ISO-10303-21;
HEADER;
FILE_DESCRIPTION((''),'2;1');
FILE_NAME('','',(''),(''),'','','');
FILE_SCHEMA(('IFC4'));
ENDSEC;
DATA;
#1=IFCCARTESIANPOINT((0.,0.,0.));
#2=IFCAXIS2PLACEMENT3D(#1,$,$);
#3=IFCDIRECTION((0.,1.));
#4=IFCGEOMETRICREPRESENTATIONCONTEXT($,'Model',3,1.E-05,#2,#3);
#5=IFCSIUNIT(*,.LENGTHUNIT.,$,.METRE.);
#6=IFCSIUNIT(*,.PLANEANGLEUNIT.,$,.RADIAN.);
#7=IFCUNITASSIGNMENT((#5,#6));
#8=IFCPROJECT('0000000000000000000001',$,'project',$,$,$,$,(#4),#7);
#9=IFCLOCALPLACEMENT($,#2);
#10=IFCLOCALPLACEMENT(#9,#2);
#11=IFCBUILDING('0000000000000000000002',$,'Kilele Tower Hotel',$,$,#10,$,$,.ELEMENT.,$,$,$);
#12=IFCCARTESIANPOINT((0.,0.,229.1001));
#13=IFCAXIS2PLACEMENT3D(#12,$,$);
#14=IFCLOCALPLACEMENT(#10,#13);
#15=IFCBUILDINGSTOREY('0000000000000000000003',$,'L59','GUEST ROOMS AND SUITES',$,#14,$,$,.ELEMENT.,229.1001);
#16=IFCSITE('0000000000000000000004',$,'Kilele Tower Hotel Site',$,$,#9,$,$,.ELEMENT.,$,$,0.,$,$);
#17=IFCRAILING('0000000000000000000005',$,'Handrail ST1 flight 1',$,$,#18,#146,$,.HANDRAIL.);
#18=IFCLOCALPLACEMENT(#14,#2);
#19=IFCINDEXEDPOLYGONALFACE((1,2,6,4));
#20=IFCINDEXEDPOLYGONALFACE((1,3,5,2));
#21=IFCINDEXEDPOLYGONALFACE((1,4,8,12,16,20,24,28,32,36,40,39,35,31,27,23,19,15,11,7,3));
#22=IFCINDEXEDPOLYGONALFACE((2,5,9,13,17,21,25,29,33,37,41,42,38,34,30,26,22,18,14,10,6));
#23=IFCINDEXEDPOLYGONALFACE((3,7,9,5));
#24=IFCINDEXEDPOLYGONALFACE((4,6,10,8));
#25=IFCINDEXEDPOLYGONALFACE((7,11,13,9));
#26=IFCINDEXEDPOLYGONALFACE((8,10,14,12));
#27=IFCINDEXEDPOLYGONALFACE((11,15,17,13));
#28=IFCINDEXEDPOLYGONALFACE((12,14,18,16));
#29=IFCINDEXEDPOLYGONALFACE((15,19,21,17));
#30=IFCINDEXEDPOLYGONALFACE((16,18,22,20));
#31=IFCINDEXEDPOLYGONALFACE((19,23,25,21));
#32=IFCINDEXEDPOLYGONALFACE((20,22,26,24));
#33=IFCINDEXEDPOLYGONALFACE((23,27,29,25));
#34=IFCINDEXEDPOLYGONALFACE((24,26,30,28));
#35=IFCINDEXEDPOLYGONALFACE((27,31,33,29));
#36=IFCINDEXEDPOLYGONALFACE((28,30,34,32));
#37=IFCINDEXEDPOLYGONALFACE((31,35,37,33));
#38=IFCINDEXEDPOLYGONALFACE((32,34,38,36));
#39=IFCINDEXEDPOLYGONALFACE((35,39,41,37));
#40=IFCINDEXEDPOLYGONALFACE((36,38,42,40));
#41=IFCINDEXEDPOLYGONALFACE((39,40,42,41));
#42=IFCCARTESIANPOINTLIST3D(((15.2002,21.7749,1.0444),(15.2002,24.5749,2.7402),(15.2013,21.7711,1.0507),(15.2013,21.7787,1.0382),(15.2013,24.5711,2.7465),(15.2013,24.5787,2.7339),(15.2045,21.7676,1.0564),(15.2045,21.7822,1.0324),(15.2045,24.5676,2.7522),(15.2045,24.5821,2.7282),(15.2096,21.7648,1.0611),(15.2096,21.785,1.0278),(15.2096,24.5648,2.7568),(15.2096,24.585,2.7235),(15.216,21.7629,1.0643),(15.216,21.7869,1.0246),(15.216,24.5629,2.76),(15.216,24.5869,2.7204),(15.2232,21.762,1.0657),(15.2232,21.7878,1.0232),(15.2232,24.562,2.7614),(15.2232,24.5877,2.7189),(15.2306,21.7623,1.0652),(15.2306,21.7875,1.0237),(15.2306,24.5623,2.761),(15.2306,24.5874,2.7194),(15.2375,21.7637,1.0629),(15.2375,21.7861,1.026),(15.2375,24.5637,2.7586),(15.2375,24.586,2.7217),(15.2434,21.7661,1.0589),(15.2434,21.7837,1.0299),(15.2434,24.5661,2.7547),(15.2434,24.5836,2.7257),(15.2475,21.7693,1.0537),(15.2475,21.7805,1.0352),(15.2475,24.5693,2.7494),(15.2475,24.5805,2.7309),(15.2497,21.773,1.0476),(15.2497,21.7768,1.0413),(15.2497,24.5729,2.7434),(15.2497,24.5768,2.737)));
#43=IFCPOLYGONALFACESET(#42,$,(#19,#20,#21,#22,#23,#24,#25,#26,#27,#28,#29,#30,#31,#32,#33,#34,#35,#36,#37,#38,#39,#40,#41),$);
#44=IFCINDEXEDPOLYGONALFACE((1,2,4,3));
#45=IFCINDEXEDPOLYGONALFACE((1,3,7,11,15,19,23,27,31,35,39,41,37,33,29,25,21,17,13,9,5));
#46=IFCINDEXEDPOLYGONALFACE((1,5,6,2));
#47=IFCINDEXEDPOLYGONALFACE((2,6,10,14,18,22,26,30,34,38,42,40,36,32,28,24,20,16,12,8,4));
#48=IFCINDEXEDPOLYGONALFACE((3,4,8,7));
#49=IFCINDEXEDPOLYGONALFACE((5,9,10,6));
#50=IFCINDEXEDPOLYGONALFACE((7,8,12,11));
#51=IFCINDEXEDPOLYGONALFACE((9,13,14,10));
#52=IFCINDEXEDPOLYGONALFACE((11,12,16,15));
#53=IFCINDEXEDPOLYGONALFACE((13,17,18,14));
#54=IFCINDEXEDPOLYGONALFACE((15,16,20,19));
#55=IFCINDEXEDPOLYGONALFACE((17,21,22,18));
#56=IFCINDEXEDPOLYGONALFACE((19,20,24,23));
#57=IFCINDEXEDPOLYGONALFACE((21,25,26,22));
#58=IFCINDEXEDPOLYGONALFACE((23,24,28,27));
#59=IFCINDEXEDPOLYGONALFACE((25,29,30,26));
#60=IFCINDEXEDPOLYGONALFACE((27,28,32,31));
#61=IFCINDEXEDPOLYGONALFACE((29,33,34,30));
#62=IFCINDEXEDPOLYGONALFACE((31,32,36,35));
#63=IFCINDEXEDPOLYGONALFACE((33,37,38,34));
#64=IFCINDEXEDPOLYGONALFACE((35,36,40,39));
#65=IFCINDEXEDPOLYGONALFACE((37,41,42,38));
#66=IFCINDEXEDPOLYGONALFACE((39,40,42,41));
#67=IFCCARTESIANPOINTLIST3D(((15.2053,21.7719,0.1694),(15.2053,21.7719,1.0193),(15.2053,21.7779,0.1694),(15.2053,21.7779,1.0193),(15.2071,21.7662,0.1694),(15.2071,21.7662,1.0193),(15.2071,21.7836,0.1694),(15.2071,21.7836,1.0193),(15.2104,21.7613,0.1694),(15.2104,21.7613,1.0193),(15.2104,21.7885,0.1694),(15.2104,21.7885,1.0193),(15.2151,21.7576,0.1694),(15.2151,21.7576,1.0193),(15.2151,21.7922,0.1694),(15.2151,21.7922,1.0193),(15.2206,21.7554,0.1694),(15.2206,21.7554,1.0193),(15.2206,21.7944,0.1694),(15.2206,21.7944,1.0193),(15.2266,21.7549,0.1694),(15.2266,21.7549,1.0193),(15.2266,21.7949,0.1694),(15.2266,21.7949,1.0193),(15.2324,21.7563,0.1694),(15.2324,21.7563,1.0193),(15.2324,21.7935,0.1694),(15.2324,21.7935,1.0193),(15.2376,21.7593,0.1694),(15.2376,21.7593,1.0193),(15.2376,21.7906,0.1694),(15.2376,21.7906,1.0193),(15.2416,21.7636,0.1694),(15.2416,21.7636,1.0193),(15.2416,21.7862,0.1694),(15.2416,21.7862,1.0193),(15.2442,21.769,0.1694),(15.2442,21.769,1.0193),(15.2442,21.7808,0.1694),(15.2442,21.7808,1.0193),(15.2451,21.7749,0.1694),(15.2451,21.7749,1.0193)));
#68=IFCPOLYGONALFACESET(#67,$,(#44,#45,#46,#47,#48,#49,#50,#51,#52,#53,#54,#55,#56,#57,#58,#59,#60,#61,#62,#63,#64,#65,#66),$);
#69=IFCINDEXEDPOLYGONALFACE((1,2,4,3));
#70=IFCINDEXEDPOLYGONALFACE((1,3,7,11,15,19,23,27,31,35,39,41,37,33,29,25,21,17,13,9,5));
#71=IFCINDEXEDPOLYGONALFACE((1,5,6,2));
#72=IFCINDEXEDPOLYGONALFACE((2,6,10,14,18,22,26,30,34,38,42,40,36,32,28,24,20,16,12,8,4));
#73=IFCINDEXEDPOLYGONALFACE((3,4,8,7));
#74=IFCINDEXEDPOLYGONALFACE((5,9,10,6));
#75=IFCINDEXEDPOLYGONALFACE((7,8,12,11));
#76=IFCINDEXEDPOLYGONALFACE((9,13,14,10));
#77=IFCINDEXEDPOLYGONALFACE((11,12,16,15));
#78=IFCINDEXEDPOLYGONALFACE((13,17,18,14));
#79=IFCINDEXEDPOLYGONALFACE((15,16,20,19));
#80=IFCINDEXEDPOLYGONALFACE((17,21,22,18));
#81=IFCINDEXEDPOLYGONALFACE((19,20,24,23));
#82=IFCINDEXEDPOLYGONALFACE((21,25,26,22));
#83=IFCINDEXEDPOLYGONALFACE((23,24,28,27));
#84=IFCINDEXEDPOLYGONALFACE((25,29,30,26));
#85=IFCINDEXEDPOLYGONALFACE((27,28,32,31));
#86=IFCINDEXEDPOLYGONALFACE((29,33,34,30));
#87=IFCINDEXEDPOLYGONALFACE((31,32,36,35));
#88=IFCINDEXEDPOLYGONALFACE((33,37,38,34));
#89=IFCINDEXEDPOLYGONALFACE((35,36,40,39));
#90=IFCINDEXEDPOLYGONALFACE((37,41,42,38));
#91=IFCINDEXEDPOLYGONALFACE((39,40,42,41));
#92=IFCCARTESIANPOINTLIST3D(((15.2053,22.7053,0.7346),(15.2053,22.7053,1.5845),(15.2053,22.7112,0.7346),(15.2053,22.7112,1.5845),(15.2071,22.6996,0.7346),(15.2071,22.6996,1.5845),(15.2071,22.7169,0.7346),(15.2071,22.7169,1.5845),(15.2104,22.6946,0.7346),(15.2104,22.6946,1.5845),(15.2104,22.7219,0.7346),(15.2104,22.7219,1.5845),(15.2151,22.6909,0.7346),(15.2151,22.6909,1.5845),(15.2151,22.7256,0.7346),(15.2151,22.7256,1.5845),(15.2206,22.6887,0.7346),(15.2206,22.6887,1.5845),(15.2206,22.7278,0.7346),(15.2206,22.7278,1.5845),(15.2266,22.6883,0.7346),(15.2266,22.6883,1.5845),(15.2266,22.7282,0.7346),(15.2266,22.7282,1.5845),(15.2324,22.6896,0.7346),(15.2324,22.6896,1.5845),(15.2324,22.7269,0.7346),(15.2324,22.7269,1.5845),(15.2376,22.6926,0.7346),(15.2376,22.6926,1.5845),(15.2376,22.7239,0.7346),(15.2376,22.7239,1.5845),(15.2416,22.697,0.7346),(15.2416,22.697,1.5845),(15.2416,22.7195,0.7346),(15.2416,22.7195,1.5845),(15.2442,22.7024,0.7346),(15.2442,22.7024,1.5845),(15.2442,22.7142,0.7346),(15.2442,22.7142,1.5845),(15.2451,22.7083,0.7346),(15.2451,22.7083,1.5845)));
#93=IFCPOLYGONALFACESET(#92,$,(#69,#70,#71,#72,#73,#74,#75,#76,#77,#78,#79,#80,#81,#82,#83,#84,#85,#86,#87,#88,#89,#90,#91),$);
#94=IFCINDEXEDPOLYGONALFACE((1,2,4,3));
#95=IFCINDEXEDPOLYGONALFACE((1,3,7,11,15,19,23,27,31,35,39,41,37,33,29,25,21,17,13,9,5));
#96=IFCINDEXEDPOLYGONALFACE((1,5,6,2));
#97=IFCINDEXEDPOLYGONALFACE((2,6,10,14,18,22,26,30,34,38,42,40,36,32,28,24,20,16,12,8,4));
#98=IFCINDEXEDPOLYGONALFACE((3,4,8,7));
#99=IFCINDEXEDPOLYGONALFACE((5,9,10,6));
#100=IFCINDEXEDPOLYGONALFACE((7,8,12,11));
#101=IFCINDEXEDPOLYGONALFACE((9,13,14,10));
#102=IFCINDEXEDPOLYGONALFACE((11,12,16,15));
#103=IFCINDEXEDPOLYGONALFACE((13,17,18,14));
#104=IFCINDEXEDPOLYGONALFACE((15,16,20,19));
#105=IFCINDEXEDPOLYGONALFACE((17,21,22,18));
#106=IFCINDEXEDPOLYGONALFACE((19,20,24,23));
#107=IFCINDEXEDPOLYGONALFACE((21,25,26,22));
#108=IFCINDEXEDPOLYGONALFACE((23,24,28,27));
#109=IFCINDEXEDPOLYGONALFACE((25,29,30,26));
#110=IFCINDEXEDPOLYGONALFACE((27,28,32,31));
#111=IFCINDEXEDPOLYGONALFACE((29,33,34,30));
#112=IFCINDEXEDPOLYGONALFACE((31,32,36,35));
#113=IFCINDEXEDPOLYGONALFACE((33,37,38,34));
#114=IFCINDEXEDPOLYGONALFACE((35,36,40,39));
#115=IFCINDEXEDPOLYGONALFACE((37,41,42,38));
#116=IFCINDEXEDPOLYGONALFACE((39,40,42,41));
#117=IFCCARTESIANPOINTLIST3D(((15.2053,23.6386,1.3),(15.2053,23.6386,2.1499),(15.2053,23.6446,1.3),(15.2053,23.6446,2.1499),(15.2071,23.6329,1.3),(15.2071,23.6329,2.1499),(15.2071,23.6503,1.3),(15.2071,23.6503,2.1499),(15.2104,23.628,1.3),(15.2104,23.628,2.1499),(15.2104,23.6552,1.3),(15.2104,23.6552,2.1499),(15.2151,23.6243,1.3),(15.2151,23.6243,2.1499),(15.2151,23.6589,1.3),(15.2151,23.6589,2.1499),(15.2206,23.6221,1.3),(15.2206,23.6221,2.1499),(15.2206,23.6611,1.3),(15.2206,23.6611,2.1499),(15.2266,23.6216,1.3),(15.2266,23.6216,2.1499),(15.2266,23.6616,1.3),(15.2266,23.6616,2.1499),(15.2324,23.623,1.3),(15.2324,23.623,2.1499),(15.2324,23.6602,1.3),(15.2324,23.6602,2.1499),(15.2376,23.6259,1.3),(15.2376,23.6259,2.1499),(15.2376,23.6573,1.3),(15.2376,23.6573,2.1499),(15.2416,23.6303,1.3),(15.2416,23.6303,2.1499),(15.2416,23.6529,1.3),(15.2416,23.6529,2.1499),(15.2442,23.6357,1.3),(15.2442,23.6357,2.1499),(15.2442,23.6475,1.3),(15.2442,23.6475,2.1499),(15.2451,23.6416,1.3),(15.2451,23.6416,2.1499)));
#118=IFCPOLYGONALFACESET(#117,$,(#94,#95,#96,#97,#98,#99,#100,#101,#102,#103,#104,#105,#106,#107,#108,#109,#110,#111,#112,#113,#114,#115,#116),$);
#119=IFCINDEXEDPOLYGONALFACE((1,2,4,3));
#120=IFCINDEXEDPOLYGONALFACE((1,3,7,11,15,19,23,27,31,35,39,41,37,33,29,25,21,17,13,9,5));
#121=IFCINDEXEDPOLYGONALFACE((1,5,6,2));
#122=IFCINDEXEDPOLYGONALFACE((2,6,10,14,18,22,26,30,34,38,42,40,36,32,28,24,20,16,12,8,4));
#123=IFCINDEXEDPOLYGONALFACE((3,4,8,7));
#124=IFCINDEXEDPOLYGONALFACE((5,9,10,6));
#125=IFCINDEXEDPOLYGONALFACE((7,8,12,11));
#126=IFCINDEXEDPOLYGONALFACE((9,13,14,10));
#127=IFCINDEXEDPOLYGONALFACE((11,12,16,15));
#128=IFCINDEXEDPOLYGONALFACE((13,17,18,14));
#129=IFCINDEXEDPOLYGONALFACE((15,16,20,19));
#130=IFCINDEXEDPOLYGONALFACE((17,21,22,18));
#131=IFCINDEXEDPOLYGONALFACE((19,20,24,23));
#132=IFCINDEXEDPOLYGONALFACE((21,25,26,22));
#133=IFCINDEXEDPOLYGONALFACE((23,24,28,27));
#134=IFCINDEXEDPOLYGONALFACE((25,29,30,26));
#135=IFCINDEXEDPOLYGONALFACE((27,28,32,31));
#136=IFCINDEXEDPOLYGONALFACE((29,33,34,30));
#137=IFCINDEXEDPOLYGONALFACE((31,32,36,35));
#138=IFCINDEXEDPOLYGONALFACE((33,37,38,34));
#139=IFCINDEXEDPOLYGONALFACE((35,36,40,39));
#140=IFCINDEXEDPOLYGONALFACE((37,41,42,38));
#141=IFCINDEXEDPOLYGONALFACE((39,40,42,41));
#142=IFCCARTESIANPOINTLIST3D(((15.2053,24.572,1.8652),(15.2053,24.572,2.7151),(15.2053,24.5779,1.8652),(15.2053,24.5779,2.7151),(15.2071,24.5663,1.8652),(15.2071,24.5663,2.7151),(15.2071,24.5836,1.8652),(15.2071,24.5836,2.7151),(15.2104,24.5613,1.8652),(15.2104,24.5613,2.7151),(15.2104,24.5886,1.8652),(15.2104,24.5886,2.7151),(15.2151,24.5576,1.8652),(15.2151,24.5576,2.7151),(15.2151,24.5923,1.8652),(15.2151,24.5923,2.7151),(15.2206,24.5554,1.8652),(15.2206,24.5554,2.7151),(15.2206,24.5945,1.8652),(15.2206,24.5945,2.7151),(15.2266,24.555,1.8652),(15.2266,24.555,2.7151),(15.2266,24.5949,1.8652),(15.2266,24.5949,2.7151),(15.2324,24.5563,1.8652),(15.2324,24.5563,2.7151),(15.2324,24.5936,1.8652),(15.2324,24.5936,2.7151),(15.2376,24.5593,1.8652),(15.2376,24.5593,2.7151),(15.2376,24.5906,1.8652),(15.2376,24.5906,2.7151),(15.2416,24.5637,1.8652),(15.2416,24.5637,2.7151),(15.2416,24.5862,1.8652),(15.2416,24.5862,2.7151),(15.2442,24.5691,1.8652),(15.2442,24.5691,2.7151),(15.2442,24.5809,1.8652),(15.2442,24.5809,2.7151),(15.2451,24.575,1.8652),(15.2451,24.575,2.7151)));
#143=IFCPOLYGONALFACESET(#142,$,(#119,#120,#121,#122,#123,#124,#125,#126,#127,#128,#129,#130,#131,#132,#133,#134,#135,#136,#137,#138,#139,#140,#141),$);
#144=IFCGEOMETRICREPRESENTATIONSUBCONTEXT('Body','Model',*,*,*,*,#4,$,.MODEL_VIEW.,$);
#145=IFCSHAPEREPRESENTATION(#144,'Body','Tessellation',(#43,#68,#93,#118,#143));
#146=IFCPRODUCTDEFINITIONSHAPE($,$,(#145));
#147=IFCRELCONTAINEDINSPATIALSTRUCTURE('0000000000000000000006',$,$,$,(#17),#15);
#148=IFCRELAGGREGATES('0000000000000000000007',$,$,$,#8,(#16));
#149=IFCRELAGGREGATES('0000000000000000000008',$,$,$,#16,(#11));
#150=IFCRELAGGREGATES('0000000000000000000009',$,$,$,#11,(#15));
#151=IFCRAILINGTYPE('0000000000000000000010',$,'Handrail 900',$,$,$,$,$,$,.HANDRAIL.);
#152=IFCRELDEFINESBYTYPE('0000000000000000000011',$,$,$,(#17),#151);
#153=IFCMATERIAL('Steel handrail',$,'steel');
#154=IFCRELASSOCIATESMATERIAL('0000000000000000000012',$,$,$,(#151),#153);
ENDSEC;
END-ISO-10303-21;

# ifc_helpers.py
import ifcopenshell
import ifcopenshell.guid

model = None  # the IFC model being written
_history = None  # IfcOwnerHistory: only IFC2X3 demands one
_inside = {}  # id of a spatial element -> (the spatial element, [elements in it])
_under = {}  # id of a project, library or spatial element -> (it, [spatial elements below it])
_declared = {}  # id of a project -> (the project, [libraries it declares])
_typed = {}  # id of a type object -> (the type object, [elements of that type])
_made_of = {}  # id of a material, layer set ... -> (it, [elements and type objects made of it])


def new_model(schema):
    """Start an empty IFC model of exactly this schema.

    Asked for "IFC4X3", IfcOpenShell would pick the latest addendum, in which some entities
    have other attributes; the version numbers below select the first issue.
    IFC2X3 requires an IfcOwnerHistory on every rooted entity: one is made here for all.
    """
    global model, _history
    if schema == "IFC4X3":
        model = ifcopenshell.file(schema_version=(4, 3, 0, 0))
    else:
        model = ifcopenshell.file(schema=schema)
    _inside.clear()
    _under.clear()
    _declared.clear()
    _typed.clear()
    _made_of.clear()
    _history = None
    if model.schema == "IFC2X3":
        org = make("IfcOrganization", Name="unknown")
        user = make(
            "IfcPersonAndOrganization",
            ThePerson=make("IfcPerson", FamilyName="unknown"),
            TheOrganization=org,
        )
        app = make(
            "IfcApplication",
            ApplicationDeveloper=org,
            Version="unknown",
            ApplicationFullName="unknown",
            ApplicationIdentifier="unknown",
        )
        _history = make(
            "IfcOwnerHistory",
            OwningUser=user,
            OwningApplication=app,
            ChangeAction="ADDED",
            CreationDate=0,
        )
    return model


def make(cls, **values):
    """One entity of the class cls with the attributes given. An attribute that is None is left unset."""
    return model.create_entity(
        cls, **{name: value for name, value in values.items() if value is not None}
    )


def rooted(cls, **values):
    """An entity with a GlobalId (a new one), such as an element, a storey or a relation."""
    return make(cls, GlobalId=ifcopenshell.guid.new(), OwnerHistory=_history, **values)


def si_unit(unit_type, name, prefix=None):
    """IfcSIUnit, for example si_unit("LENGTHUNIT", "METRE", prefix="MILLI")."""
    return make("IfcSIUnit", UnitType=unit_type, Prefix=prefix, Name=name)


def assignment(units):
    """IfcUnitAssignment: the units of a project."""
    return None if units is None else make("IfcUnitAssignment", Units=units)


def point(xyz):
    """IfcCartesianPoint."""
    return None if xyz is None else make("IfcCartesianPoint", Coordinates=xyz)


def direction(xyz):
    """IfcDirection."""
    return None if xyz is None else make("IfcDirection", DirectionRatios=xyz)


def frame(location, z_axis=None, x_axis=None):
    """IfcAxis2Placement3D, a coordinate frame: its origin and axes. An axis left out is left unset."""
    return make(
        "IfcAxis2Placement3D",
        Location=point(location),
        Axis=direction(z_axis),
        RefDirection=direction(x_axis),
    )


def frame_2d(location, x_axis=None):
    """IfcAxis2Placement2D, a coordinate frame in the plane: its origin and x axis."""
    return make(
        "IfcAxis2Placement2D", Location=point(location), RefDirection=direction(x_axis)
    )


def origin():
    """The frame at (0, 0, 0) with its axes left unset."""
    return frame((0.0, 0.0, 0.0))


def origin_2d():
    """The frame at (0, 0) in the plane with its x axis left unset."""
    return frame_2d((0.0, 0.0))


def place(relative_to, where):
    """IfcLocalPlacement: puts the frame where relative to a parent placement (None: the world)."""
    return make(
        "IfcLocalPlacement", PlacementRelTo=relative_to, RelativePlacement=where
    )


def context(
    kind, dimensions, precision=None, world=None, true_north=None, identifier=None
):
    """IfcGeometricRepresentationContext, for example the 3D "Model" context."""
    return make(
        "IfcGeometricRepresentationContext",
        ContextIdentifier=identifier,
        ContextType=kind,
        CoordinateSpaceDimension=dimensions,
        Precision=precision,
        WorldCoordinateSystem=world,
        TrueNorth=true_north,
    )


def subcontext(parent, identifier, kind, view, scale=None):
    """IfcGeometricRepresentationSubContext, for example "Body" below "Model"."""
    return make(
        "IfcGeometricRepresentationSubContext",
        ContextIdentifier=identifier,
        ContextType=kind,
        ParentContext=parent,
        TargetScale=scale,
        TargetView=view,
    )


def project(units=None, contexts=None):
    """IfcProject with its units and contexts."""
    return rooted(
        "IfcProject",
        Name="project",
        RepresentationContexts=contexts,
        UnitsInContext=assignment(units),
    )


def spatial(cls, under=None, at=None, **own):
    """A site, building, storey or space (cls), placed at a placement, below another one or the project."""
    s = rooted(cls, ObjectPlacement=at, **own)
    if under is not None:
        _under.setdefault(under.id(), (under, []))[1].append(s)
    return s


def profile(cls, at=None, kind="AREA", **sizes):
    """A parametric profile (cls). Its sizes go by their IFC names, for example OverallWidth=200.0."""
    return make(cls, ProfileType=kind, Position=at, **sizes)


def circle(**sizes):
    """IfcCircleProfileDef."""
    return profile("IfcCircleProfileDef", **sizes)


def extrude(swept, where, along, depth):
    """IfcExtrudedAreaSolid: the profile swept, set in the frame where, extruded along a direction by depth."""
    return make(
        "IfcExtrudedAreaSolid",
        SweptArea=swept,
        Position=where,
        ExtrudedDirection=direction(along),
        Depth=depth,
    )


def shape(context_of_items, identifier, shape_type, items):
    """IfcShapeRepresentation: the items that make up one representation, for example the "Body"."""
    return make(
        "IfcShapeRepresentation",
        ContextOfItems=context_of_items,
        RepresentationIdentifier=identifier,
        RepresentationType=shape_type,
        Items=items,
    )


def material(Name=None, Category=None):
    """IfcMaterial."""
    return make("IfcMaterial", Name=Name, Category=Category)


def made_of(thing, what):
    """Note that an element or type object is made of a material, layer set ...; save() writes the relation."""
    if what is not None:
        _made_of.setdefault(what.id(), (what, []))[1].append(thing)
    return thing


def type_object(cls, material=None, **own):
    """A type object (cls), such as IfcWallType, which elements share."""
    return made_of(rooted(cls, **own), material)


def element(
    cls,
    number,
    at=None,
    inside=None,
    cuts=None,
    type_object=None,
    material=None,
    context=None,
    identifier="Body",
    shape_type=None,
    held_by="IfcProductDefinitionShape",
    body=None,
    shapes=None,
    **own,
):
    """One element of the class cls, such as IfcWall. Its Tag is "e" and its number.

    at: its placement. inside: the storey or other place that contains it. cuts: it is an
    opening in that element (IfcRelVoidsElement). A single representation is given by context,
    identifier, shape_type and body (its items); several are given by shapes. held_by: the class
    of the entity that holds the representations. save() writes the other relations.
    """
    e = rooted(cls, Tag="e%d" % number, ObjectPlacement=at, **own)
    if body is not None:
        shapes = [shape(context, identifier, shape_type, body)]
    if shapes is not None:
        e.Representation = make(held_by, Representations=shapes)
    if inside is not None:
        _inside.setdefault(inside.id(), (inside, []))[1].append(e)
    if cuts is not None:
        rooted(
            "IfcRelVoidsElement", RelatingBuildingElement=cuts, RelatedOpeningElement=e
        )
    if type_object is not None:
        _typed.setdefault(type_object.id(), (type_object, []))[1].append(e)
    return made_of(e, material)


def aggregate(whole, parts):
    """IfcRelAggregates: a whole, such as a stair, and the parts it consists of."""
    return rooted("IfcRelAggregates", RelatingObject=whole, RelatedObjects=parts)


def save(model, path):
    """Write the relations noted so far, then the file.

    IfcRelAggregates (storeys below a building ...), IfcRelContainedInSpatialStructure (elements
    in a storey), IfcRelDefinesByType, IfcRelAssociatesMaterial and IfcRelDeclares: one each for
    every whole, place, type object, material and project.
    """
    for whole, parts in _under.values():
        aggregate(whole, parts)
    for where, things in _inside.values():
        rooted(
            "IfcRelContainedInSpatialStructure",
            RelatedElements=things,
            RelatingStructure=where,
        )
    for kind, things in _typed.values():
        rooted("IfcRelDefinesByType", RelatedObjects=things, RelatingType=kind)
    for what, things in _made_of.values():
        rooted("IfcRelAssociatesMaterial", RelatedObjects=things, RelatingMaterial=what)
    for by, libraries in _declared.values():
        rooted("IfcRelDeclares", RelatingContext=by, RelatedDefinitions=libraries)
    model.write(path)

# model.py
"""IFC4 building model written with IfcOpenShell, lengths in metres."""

from ifc_helpers import new_model, si_unit, direction, frame, origin, origin_2d, place, context, subcontext, project, spatial, circle, extrude, material, type_object, element, save


model = new_model("IFC4")

# Units and contexts
model_context = context("Model", 3, precision=1e-05, world=origin(), true_north=direction((0.0, 1.0)))
body_context = subcontext(model_context, "Body", "Model", "MODEL_VIEW")
ifc_project = project(units=[si_unit("LENGTHUNIT", "METRE"), si_unit("PLANEANGLEUNIT", "RADIAN")], contexts=[model_context])

# Site, building, storey
site_placement = place(None, origin())
site = spatial("IfcSite", under=ifc_project, at=site_placement, Name="Kilele Tower Hotel Site", CompositionType="ELEMENT", RefElevation=0.0)
building_placement = place(site_placement, origin())
building = spatial("IfcBuilding", under=site, at=building_placement, Name="Kilele Tower Hotel", CompositionType="ELEMENT")
storey_placement = place(building_placement, frame((0.0, 0.0, 229.1001)))
storey = spatial("IfcBuildingStorey", under=building, at=storey_placement, Name="L59", Description="GUEST ROOMS AND SUITES", CompositionType="ELEMENT", Elevation=229.1001)

# Railing
ifc_material_1 = material(Name="Steel handrail", Category="steel")
railing_type_1 = type_object("IfcRailingType", Name="Handrail 900", PredefinedType="HANDRAIL", material=ifc_material_1)
for number, where, name in (
    (1, (15.2251, 21.7749, 0.1694), "Handrail ST1 flight 1"),
):
    element("IfcRailing", number, at=place(storey_placement, frame(where)), inside=storey, type_object=railing_type_1, Name=name, PredefinedType="HANDRAIL", context=body_context, shape_type="SweptSolid", body=[
        extrude(circle(Radius=0.0249, at=origin_2d()), frame((0.0, 0.0, 0.875), z_axis=(0.0, 0.85536, 0.518034), x_axis=(-1.0, 0.0, 0.0)), (0.0, 0.0, 1.0), 3.2734),
        extrude(circle(Radius=0.02, at=origin_2d()), origin(), (0.0, 0.0, 1.0), 0.8499),
        extrude(circle(Radius=0.02, at=origin_2d()), frame((0.0, 0.9333, 0.5652)), (0.0, 0.0, 1.0), 0.8499),
        extrude(circle(Radius=0.02, at=origin_2d()), frame((0.0, 1.8667, 1.1306)), (0.0, 0.0, 1.0), 0.8499),
        extrude(circle(Radius=0.02, at=origin_2d()), frame((0.0, 2.8, 1.6958)), (0.0, 0.0, 1.0), 0.8499),
    ])

save(model, "model.ifc")
